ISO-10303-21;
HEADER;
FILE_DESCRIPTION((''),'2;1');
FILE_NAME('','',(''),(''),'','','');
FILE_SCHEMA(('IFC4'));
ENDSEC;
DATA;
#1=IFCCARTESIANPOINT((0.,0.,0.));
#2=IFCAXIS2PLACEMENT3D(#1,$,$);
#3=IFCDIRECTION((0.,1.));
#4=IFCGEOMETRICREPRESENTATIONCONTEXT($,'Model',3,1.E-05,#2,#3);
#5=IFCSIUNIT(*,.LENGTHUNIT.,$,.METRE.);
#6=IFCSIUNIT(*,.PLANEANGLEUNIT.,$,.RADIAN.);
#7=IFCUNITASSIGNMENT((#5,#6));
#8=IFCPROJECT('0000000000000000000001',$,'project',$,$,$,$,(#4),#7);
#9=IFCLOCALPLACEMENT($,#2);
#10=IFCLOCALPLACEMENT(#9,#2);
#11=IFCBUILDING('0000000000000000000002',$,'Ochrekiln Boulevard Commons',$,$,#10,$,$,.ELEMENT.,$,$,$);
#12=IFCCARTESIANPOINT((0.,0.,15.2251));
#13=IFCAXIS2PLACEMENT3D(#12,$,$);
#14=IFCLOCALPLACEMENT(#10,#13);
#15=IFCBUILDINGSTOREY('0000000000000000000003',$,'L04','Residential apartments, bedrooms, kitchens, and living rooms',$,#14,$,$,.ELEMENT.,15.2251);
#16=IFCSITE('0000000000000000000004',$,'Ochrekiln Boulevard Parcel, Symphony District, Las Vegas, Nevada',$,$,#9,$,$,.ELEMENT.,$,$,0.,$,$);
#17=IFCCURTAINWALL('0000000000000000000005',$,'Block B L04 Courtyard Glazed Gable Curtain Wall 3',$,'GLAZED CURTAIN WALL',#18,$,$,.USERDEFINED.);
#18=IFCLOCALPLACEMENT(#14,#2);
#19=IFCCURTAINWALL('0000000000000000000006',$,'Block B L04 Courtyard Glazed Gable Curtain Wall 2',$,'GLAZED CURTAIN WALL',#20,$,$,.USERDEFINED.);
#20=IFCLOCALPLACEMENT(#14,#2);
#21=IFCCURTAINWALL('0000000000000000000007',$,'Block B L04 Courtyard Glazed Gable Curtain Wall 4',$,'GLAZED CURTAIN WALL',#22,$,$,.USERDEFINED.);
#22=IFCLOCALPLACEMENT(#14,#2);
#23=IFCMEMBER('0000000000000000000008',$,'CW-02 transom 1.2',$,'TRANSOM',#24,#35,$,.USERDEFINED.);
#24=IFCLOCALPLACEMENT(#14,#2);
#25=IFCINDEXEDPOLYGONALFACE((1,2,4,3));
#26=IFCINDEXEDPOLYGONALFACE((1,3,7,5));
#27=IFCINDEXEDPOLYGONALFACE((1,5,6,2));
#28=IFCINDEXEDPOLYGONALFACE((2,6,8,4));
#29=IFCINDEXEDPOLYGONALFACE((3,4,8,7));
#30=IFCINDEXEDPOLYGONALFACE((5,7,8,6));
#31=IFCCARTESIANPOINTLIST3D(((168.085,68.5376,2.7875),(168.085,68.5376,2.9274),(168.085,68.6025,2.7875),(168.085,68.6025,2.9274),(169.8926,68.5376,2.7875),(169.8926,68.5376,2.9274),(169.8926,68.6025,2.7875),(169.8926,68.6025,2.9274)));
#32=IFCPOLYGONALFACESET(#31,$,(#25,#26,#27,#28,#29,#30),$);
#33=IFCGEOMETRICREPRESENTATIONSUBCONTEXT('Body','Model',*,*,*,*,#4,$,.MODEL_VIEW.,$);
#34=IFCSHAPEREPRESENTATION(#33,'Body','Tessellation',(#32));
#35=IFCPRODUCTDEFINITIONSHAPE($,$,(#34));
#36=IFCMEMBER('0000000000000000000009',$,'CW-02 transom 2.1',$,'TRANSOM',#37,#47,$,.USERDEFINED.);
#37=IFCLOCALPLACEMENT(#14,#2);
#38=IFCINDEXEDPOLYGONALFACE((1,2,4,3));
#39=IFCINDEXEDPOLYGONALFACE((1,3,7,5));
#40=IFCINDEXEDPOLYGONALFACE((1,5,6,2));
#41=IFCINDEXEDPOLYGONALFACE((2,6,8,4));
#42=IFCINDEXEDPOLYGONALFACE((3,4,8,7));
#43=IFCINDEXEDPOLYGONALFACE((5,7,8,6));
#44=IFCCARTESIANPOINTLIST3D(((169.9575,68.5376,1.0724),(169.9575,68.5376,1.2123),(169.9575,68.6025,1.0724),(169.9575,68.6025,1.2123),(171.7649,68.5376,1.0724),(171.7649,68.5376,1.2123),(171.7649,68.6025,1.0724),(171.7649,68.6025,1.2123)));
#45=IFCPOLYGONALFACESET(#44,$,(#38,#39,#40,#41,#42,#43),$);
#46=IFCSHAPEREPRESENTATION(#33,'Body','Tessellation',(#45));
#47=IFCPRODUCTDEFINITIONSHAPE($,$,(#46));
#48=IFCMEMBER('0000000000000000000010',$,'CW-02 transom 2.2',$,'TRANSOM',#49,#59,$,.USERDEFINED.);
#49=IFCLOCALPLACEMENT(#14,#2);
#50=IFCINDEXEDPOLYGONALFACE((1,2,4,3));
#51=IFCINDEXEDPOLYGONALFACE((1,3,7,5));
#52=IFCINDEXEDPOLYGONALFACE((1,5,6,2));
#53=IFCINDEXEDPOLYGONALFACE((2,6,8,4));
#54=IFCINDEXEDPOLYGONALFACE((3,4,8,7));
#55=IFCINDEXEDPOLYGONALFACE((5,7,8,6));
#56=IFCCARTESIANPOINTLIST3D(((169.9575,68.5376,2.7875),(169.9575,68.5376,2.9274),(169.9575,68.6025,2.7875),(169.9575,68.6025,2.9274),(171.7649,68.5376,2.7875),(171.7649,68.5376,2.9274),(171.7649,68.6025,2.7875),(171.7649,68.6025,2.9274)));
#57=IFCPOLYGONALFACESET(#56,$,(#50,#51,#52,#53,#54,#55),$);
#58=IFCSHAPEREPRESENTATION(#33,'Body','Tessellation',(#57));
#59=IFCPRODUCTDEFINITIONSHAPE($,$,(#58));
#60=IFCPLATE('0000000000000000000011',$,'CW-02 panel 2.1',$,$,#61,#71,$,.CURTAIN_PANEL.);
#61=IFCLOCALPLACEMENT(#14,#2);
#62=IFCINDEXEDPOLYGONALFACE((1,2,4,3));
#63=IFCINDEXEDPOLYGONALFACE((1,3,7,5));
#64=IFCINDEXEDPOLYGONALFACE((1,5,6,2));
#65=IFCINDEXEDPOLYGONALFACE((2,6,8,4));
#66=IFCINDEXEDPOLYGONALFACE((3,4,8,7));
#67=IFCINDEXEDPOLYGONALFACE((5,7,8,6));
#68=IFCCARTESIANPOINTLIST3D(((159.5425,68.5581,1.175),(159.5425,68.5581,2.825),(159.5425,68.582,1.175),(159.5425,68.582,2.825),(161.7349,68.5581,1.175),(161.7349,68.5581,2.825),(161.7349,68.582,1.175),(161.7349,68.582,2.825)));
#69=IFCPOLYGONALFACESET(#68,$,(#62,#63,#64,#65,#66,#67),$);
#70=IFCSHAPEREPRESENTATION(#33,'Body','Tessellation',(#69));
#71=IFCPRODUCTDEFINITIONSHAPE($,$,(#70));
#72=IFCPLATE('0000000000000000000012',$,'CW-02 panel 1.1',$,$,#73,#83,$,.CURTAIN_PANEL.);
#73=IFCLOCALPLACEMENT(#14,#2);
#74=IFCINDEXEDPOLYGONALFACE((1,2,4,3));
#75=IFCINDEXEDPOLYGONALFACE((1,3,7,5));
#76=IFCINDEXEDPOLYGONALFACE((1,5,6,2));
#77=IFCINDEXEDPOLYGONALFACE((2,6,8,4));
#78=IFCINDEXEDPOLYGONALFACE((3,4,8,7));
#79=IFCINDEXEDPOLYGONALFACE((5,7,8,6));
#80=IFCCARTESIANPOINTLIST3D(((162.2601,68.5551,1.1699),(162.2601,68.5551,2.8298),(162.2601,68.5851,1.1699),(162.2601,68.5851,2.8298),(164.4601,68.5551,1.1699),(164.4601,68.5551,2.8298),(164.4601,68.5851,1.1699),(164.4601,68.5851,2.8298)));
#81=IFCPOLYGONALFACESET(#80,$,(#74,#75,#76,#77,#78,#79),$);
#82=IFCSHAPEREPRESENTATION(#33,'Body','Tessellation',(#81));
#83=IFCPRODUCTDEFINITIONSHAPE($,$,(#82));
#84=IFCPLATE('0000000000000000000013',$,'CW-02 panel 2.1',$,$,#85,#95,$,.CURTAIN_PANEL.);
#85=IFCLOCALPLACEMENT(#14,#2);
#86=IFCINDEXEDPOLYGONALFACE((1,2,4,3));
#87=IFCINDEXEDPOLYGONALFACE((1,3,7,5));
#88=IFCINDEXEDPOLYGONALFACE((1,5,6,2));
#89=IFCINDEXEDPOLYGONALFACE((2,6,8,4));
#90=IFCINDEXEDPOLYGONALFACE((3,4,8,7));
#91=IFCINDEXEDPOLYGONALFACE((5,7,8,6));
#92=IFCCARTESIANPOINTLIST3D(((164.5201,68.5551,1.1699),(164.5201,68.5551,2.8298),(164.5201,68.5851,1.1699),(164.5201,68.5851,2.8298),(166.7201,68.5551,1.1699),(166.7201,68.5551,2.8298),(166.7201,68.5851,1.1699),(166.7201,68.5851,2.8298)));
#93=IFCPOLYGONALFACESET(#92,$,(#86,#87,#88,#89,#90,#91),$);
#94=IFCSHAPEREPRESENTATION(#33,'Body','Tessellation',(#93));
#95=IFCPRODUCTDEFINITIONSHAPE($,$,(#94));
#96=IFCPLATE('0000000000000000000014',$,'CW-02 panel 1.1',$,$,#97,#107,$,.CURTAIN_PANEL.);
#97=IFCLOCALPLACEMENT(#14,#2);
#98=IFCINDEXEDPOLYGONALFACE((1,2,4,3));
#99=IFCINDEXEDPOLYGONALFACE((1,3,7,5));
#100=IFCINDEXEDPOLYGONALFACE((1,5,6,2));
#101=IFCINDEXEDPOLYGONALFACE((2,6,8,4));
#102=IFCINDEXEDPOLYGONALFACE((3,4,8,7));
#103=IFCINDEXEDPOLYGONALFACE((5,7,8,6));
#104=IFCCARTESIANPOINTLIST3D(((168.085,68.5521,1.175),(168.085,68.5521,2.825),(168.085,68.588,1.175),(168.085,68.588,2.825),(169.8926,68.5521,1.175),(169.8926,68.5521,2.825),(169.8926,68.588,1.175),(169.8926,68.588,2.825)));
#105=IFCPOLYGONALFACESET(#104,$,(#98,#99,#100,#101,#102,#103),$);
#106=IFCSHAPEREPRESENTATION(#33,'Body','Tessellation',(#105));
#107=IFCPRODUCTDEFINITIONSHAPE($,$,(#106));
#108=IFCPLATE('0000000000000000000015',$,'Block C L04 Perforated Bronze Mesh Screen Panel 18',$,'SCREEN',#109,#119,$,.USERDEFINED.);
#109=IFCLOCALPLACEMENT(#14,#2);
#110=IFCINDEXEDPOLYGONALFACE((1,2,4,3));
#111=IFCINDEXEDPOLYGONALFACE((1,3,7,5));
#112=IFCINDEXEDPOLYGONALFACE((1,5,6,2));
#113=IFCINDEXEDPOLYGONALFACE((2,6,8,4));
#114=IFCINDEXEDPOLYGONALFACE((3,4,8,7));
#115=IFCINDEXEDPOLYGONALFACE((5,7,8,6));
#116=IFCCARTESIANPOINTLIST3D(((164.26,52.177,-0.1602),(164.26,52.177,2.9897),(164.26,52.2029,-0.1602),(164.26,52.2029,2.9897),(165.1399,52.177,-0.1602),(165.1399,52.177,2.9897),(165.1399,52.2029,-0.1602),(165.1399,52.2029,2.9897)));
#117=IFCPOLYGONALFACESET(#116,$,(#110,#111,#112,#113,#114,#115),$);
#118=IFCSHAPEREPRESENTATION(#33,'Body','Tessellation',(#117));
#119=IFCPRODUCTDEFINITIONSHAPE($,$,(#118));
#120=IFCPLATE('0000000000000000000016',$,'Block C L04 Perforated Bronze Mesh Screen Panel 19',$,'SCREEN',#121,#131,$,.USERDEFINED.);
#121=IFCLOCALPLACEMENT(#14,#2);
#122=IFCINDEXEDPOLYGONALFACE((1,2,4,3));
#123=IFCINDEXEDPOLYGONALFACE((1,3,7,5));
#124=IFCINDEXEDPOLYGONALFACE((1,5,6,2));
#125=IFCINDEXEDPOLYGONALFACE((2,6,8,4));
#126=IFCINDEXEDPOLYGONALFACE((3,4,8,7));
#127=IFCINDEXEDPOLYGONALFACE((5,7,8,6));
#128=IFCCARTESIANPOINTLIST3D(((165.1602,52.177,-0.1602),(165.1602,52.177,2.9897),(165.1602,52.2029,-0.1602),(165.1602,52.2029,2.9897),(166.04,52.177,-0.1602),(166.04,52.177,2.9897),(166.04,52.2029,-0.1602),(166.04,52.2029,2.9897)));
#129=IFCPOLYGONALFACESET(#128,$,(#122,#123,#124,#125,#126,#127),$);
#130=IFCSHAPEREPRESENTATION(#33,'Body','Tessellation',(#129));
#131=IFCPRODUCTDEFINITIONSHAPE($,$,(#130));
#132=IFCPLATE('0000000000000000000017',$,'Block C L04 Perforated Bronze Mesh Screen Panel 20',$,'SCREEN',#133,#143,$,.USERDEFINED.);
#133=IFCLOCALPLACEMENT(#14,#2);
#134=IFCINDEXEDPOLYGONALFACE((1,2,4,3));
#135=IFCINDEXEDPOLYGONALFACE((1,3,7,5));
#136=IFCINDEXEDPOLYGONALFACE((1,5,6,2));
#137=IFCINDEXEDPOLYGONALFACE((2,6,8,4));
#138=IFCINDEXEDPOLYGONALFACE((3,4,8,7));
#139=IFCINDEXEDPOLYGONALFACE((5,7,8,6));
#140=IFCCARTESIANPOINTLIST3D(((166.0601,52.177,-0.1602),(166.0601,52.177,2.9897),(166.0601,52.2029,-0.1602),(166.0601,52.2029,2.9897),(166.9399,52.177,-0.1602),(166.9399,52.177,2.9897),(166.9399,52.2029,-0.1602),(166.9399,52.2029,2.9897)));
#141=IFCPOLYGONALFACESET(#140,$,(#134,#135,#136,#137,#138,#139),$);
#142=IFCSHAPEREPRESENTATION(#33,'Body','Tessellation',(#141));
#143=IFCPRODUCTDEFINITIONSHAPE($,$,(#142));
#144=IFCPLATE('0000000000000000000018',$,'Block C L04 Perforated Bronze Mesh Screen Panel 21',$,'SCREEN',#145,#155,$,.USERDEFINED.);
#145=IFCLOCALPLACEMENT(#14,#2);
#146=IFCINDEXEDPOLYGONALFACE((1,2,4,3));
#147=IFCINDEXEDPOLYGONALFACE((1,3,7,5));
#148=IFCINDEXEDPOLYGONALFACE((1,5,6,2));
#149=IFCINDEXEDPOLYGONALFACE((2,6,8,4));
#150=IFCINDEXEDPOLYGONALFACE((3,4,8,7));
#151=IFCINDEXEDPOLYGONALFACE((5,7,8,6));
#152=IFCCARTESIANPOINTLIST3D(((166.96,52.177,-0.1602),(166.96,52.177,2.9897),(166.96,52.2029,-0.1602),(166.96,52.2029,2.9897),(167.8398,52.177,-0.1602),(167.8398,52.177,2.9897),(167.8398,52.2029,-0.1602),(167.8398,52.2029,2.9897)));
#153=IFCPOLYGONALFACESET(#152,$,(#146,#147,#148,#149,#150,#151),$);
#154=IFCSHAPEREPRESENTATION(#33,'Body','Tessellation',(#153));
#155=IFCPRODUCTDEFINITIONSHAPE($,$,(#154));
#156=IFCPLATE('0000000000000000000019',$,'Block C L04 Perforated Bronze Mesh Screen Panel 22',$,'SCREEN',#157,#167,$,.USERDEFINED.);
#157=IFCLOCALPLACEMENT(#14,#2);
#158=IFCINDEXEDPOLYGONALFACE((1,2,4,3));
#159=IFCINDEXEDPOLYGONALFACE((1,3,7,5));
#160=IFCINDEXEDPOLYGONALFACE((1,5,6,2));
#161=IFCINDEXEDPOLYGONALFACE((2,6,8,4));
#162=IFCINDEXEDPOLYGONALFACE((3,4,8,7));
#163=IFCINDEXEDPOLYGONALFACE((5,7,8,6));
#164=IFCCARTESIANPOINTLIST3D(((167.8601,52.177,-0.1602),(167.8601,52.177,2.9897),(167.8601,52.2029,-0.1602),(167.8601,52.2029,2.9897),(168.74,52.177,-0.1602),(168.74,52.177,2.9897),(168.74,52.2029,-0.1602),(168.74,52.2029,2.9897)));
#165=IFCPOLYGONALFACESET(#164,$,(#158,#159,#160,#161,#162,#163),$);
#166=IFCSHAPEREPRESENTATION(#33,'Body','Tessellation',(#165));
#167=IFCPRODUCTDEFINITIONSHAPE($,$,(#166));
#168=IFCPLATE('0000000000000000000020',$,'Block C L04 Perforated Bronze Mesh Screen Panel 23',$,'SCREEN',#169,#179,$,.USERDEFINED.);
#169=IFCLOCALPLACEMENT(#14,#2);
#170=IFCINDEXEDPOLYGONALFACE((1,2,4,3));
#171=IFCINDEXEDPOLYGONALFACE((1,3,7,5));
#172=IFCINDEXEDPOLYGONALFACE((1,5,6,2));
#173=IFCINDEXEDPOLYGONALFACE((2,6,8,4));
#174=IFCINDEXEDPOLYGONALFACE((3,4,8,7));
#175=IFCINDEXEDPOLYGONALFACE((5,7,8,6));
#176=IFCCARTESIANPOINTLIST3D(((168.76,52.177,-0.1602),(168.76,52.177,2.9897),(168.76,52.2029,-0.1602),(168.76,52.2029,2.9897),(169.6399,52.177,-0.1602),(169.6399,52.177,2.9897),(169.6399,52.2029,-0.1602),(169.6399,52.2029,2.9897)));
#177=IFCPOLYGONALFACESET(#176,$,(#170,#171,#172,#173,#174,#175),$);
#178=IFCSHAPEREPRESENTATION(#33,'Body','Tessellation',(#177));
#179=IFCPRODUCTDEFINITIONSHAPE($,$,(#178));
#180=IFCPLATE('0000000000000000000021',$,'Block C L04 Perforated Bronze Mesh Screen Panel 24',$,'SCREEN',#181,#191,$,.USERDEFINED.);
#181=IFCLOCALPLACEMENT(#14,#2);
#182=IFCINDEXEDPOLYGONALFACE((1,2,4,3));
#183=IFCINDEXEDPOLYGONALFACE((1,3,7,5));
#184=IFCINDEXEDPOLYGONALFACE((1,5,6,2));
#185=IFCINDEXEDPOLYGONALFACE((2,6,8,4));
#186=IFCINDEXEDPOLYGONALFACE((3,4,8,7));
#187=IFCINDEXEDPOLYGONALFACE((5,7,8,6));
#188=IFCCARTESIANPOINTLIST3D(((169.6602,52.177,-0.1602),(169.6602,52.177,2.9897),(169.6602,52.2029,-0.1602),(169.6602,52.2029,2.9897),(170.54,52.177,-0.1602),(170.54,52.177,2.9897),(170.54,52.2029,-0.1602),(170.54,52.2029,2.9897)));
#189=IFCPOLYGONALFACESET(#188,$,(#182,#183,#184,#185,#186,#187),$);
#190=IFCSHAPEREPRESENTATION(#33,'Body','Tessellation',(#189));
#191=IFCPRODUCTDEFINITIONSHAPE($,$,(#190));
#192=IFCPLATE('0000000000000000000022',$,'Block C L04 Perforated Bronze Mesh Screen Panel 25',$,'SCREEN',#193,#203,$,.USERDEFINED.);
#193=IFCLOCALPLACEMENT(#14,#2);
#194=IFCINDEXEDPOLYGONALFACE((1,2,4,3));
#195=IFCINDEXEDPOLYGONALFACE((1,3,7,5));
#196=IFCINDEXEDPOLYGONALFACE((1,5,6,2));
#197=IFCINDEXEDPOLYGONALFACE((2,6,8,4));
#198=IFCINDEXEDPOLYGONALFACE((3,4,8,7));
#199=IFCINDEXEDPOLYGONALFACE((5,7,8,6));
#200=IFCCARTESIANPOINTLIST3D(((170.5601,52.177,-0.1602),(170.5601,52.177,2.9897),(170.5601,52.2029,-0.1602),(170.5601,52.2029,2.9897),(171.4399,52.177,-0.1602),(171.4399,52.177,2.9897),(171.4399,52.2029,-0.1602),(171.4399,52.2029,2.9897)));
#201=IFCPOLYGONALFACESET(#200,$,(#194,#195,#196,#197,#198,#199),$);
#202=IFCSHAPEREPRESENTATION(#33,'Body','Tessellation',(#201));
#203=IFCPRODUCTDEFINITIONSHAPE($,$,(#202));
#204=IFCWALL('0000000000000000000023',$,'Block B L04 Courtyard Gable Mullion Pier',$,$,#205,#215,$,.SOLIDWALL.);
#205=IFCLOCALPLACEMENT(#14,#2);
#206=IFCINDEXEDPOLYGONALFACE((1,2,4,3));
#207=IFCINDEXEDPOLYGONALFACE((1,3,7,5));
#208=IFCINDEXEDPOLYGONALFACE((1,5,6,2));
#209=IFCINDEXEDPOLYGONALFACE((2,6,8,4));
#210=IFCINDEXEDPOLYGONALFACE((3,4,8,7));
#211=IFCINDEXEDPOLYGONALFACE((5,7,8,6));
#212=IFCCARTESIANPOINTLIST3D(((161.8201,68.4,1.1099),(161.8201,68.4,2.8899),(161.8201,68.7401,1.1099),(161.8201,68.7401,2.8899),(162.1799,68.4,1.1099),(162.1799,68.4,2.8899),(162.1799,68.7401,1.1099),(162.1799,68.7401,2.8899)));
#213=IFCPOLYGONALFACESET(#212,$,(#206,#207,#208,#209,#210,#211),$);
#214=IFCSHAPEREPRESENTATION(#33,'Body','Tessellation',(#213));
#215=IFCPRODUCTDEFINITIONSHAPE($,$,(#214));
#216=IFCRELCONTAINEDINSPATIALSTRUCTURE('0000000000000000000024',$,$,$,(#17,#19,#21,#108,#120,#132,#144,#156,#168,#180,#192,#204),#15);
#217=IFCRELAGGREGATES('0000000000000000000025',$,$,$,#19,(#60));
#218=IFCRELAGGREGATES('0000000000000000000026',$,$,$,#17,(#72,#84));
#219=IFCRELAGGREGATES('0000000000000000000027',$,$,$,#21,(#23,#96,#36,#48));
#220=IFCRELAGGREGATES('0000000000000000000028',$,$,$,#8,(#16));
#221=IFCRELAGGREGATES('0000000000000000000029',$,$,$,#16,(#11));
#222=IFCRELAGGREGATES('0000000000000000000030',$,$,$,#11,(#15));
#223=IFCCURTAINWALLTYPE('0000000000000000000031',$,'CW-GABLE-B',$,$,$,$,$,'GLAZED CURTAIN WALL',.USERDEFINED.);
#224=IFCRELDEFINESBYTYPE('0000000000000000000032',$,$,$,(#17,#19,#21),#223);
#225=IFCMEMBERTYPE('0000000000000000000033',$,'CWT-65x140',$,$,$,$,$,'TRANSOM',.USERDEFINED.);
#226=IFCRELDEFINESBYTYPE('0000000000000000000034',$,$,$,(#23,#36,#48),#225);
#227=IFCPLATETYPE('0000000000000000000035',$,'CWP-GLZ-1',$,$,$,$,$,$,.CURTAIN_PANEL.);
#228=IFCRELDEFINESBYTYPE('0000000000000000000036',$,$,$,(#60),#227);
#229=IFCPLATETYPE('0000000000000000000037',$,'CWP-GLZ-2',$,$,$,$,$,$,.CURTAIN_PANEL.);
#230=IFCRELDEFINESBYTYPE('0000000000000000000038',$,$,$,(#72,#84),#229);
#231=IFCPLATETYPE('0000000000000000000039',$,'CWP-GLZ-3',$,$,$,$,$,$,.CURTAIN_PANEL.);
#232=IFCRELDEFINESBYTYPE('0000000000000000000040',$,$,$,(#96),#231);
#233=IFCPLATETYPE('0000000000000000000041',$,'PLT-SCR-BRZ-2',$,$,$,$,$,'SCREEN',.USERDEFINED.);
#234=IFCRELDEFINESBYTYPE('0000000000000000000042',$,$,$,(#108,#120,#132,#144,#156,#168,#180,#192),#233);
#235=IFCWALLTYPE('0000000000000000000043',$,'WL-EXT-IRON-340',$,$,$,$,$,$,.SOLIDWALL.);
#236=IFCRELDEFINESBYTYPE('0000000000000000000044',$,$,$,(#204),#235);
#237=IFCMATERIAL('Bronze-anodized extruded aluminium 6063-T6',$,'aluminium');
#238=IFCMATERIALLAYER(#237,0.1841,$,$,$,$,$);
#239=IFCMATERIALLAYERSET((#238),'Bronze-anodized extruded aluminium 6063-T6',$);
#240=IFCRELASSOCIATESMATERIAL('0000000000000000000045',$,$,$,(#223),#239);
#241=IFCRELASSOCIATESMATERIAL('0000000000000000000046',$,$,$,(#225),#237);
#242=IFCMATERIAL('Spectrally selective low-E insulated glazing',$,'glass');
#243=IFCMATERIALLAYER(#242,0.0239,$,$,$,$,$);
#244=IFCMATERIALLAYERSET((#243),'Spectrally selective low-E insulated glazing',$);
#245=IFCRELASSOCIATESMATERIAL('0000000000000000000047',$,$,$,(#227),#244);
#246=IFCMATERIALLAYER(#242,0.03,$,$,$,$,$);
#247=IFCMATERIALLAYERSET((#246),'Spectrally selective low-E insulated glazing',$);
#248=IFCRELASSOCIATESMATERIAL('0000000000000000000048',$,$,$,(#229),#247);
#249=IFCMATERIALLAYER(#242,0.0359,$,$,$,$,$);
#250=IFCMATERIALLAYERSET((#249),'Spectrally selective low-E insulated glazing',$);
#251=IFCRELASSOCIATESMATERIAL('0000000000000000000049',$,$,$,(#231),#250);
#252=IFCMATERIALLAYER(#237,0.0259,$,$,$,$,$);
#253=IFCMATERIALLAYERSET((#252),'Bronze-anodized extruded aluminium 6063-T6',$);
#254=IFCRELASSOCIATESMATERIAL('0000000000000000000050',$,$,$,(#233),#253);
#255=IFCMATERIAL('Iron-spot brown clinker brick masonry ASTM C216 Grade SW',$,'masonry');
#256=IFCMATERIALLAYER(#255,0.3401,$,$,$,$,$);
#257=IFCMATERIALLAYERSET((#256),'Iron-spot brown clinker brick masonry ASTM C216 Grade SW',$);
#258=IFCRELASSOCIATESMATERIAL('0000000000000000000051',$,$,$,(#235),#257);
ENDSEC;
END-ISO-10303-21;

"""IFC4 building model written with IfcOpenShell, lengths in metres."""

from ifc_helpers import new_model, si_unit, direction, frame, frame_2d, origin, origin_2d, place, context, subcontext, project, spatial, rectangle, extrude, material, layer, layer_set, material_profile, profile_set, type_object, element, aggregate, save


model = new_model("IFC4")

# Units and contexts
model_context = context("Model", 3, precision=1e-05, world=origin(), true_north=direction((0.0, 1.0)))
body_context = subcontext(model_context, "Body", "Model", "MODEL_VIEW")
ifc_project = project(units=[si_unit("LENGTHUNIT", "METRE"), si_unit("PLANEANGLEUNIT", "RADIAN")], contexts=[model_context])

# Site, building, storey
site_placement = place(None, origin())
site = spatial("IfcSite", under=ifc_project, at=site_placement, Name="Ochrekiln Boulevard Parcel, Symphony District, Las Vegas, Nevada", CompositionType="ELEMENT", RefElevation=0.0)
building_placement = place(site_placement, origin())
building = spatial("IfcBuilding", under=site, at=building_placement, Name="Ochrekiln Boulevard Commons", CompositionType="ELEMENT")
storey_placement = place(building_placement, frame((0.0, 0.0, 15.2251)))
storey = spatial("IfcBuildingStorey", under=building, at=storey_placement, Name="L04", Description="Residential apartments, bedrooms, kitchens, and living rooms", CompositionType="ELEMENT", Elevation=15.2251)

# Curtain walls
ifc_material_1 = material(Name="Bronze-anodized extruded aluminium 6063-T6", Category="aluminium")
ifc_layer_1 = layer(ifc_material_1, 0.1841)
ifc_layer_set_1 = layer_set([ifc_layer_1], Name="Bronze-anodized extruded aluminium 6063-T6")
curtain_wall_type = type_object("IfcCurtainWallType", Name="CW-GABLE-B", ElementType="GLAZED CURTAIN WALL", PredefinedType="USERDEFINED", material=ifc_layer_set_1)
curtain_wall_1_placement = place(storey_placement, origin())
curtain_wall_1 = element("IfcCurtainWall", 1, at=curtain_wall_1_placement, inside=storey, type_object=curtain_wall_type, Name="Block B L04 Courtyard Glazed Gable Curtain Wall 3", ObjectType="GLAZED CURTAIN WALL", PredefinedType="USERDEFINED")
curtain_wall_2_placement = place(storey_placement, origin())
curtain_wall_2 = element("IfcCurtainWall", 2, at=curtain_wall_2_placement, inside=storey, type_object=curtain_wall_type, Name="Block B L04 Courtyard Glazed Gable Curtain Wall 2", ObjectType="GLAZED CURTAIN WALL", PredefinedType="USERDEFINED")
curtain_wall_3_placement = place(storey_placement, origin())
curtain_wall_3 = element("IfcCurtainWall", 3, at=curtain_wall_3_placement, inside=storey, type_object=curtain_wall_type, Name="Block B L04 Courtyard Glazed Gable Curtain Wall 4", ObjectType="GLAZED CURTAIN WALL", PredefinedType="USERDEFINED")

# Members
ifc_material_profile_1 = material_profile(ifc_material_1, rectangle(XDim=0.0649, YDim=0.1399, at=origin_2d()), Name="ALU-TRN-65x140")
ifc_profile_set_1 = profile_set([ifc_material_profile_1], Name="Bronze-anodized extruded aluminium 6063-T6")
member_type_1 = type_object("IfcMemberType", Name="CWT-65x140", ElementType="TRANSOM", PredefinedType="USERDEFINED", material=ifc_profile_set_1)
member_1_placement = place(storey_placement, frame((168.085, 68.5701, 2.8574), z_axis=(1.0, 0.0, 0.0), x_axis=(0.0, 1.0, 0.0)))
member_1 = element("IfcMember", 4, at=member_1_placement, type_object=member_type_1, Name="CW-02 transom 1.2", ObjectType="TRANSOM", PredefinedType="USERDEFINED", context=body_context, shape_type="SweptSolid", body=[
    extrude(rectangle(XDim=0.0649, YDim=0.1399, at=origin_2d()), origin(), (0.0, 0.0, 1.0), 1.8076),
])
member_2_placement = place(storey_placement, frame((169.9575, 68.5701, 1.1423), z_axis=(1.0, 0.0, 0.0), x_axis=(0.0, 1.0, 0.0)))
member_2 = element("IfcMember", 5, at=member_2_placement, type_object=member_type_1, Name="CW-02 transom 2.1", ObjectType="TRANSOM", PredefinedType="USERDEFINED", context=body_context, shape_type="SweptSolid", body=[
    extrude(rectangle(XDim=0.0649, YDim=0.1399, at=origin_2d()), origin(), (0.0, 0.0, 1.0), 1.8074),
])
member_3_placement = place(storey_placement, frame((169.9575, 68.5701, 2.8574), z_axis=(1.0, 0.0, 0.0), x_axis=(0.0, 1.0, 0.0)))
member_3 = element("IfcMember", 6, at=member_3_placement, type_object=member_type_1, Name="CW-02 transom 2.2", ObjectType="TRANSOM", PredefinedType="USERDEFINED", context=body_context, shape_type="SweptSolid", body=[
    extrude(rectangle(XDim=0.0649, YDim=0.1399, at=origin_2d()), origin(), (0.0, 0.0, 1.0), 1.8074),
])

# Plates
ifc_material_2 = material(Name="Spectrally selective low-E insulated glazing", Category="glass")
ifc_layer_2 = layer(ifc_material_2, 0.0239)
ifc_layer_set_2 = layer_set([ifc_layer_2], Name="Spectrally selective low-E insulated glazing")
plate_type_1 = type_object("IfcPlateType", Name="CWP-GLZ-1", PredefinedType="CURTAIN_PANEL", material=ifc_layer_set_2)
plate_1_placement = place(storey_placement, frame((160.6387, 68.5701, 1.175), z_axis=(0.0, 0.0, 1.0), x_axis=(1.0, 0.0, 0.0)))
plate_1 = element("IfcPlate", 7, at=plate_1_placement, type_object=plate_type_1, Name="CW-02 panel 2.1", PredefinedType="CURTAIN_PANEL", context=body_context, shape_type="SweptSolid", body=[
    extrude(rectangle(XDim=2.1924, YDim=0.0239, at=origin_2d()), origin(), (0.0, 0.0, 1.0), 1.6499),
])
aggregate(curtain_wall_2, [plate_1])
ifc_layer_3 = layer(ifc_material_2, 0.03)
ifc_layer_set_3 = layer_set([ifc_layer_3], Name="Spectrally selective low-E insulated glazing")
plate_type_2 = type_object("IfcPlateType", Name="CWP-GLZ-2", PredefinedType="CURTAIN_PANEL", material=ifc_layer_set_3)
plate_2_placement = place(storey_placement, frame((163.3601, 68.5701, 1.1699), z_axis=(0.0, 0.0, 1.0), x_axis=(1.0, 0.0, 0.0)))
plate_2 = element("IfcPlate", 8, at=plate_2_placement, type_object=plate_type_2, Name="CW-02 panel 1.1", PredefinedType="CURTAIN_PANEL", context=body_context, shape_type="SweptSolid", body=[
    extrude(rectangle(XDim=2.2, YDim=0.03, at=origin_2d()), origin(), (0.0, 0.0, 1.0), 1.6599),
])
plate_3_placement = place(storey_placement, frame((165.6201, 68.5701, 1.1699), z_axis=(0.0, 0.0, 1.0), x_axis=(1.0, 0.0, 0.0)))
plate_3 = element("IfcPlate", 9, at=plate_3_placement, type_object=plate_type_2, Name="CW-02 panel 2.1", PredefinedType="CURTAIN_PANEL", context=body_context, shape_type="SweptSolid", body=[
    extrude(rectangle(XDim=2.2, YDim=0.03, at=origin_2d()), origin(), (0.0, 0.0, 1.0), 1.6599),
])
aggregate(curtain_wall_1, [plate_2, plate_3])
ifc_layer_4 = layer(ifc_material_2, 0.0359)
ifc_layer_set_4 = layer_set([ifc_layer_4], Name="Spectrally selective low-E insulated glazing")
plate_type_3 = type_object("IfcPlateType", Name="CWP-GLZ-3", PredefinedType="CURTAIN_PANEL", material=ifc_layer_set_4)
plate_4_placement = place(storey_placement, frame((168.9888, 68.5701, 1.175), z_axis=(0.0, 0.0, 1.0), x_axis=(1.0, 0.0, 0.0)))
plate_4 = element("IfcPlate", 10, at=plate_4_placement, type_object=plate_type_3, Name="CW-02 panel 1.1", PredefinedType="CURTAIN_PANEL", context=body_context, shape_type="SweptSolid", body=[
    extrude(rectangle(XDim=1.8076, YDim=0.0359, at=origin_2d()), origin(), (0.0, 0.0, 1.0), 1.6499),
])
aggregate(curtain_wall_3, [member_1, plate_4, member_2, member_3])

# Plates
ifc_layer_5 = layer(ifc_material_1, 0.0259)
ifc_layer_set_5 = layer_set([ifc_layer_5], Name="Bronze-anodized extruded aluminium 6063-T6")
plate_type_4 = type_object("IfcPlateType", Name="PLT-SCR-BRZ-2", ElementType="SCREEN", PredefinedType="USERDEFINED", material=ifc_layer_set_5)
for number, where, z_axis, x_axis, name in (
    (11, (164.7, 52.1899, -0.1602), (0.0, 0.0, 1.0), (1.0, 0.0, 0.0), "Block C L04 Perforated Bronze Mesh Screen Panel 18"),
    (12, (165.6001, 52.1899, -0.1602), (0.0, 0.0, 1.0), (1.0, 0.0, 0.0), "Block C L04 Perforated Bronze Mesh Screen Panel 19"),
    (13, (166.5, 52.1899, -0.1602), (0.0, 0.0, 1.0), (1.0, 0.0, 0.0), "Block C L04 Perforated Bronze Mesh Screen Panel 20"),
    (14, (167.3999, 52.1899, -0.1602), (0.0, 0.0, 1.0), (1.0, 0.0, 0.0), "Block C L04 Perforated Bronze Mesh Screen Panel 21"),
    (15, (168.3, 52.1899, -0.1602), (0.0, 0.0, 1.0), (1.0, 0.0, 0.0), "Block C L04 Perforated Bronze Mesh Screen Panel 22"),
    (16, (169.2, 52.1899, -0.1602), (0.0, 0.0, 1.0), (1.0, 0.0, 0.0), "Block C L04 Perforated Bronze Mesh Screen Panel 23"),
    (17, (170.1001, 52.1899, -0.1602), (0.0, 0.0, 1.0), (1.0, 0.0, 0.0), "Block C L04 Perforated Bronze Mesh Screen Panel 24"),
    (18, (171.0, 52.1899, -0.1602), (0.0, 0.0, 1.0), (1.0, 0.0, 0.0), "Block C L04 Perforated Bronze Mesh Screen Panel 25"),
):
    element("IfcPlate", number, at=place(storey_placement, frame(where, z_axis=z_axis, x_axis=x_axis)), inside=storey, type_object=plate_type_4, Name=name, ObjectType="SCREEN", PredefinedType="USERDEFINED", context=body_context, shape_type="SweptSolid", body=[
        extrude(rectangle(XDim=0.8799, YDim=0.0259, at=origin_2d()), origin(), (0.0, 0.0, 1.0), 3.1499),
    ])

# Wall
ifc_material_3 = material(Name="Iron-spot brown clinker brick masonry ASTM C216 Grade SW", Category="masonry")
ifc_layer_6 = layer(ifc_material_3, 0.3401)
ifc_layer_set_6 = layer_set([ifc_layer_6], Name="Iron-spot brown clinker brick masonry ASTM C216 Grade SW")
wall_type = type_object("IfcWallType", Name="WL-EXT-IRON-340", PredefinedType="SOLIDWALL", material=ifc_layer_set_6)
wall_placement = place(storey_placement, frame((161.8201, 68.5701, 1.1099), z_axis=(0.0, 0.0, 1.0), x_axis=(1.0, 0.0, 0.0)))
element("IfcWall", 19, at=wall_placement, inside=storey, type_object=wall_type, Name="Block B L04 Courtyard Gable Mullion Pier", PredefinedType="SOLIDWALL", context=body_context, shape_type="SweptSolid", body=[
    extrude(rectangle(XDim=0.3599, YDim=0.3401, at=frame_2d((0.1799, 0.0))), origin(), (0.0, 0.0, 1.0), 1.78),
])

save(model, "model.ifc")
